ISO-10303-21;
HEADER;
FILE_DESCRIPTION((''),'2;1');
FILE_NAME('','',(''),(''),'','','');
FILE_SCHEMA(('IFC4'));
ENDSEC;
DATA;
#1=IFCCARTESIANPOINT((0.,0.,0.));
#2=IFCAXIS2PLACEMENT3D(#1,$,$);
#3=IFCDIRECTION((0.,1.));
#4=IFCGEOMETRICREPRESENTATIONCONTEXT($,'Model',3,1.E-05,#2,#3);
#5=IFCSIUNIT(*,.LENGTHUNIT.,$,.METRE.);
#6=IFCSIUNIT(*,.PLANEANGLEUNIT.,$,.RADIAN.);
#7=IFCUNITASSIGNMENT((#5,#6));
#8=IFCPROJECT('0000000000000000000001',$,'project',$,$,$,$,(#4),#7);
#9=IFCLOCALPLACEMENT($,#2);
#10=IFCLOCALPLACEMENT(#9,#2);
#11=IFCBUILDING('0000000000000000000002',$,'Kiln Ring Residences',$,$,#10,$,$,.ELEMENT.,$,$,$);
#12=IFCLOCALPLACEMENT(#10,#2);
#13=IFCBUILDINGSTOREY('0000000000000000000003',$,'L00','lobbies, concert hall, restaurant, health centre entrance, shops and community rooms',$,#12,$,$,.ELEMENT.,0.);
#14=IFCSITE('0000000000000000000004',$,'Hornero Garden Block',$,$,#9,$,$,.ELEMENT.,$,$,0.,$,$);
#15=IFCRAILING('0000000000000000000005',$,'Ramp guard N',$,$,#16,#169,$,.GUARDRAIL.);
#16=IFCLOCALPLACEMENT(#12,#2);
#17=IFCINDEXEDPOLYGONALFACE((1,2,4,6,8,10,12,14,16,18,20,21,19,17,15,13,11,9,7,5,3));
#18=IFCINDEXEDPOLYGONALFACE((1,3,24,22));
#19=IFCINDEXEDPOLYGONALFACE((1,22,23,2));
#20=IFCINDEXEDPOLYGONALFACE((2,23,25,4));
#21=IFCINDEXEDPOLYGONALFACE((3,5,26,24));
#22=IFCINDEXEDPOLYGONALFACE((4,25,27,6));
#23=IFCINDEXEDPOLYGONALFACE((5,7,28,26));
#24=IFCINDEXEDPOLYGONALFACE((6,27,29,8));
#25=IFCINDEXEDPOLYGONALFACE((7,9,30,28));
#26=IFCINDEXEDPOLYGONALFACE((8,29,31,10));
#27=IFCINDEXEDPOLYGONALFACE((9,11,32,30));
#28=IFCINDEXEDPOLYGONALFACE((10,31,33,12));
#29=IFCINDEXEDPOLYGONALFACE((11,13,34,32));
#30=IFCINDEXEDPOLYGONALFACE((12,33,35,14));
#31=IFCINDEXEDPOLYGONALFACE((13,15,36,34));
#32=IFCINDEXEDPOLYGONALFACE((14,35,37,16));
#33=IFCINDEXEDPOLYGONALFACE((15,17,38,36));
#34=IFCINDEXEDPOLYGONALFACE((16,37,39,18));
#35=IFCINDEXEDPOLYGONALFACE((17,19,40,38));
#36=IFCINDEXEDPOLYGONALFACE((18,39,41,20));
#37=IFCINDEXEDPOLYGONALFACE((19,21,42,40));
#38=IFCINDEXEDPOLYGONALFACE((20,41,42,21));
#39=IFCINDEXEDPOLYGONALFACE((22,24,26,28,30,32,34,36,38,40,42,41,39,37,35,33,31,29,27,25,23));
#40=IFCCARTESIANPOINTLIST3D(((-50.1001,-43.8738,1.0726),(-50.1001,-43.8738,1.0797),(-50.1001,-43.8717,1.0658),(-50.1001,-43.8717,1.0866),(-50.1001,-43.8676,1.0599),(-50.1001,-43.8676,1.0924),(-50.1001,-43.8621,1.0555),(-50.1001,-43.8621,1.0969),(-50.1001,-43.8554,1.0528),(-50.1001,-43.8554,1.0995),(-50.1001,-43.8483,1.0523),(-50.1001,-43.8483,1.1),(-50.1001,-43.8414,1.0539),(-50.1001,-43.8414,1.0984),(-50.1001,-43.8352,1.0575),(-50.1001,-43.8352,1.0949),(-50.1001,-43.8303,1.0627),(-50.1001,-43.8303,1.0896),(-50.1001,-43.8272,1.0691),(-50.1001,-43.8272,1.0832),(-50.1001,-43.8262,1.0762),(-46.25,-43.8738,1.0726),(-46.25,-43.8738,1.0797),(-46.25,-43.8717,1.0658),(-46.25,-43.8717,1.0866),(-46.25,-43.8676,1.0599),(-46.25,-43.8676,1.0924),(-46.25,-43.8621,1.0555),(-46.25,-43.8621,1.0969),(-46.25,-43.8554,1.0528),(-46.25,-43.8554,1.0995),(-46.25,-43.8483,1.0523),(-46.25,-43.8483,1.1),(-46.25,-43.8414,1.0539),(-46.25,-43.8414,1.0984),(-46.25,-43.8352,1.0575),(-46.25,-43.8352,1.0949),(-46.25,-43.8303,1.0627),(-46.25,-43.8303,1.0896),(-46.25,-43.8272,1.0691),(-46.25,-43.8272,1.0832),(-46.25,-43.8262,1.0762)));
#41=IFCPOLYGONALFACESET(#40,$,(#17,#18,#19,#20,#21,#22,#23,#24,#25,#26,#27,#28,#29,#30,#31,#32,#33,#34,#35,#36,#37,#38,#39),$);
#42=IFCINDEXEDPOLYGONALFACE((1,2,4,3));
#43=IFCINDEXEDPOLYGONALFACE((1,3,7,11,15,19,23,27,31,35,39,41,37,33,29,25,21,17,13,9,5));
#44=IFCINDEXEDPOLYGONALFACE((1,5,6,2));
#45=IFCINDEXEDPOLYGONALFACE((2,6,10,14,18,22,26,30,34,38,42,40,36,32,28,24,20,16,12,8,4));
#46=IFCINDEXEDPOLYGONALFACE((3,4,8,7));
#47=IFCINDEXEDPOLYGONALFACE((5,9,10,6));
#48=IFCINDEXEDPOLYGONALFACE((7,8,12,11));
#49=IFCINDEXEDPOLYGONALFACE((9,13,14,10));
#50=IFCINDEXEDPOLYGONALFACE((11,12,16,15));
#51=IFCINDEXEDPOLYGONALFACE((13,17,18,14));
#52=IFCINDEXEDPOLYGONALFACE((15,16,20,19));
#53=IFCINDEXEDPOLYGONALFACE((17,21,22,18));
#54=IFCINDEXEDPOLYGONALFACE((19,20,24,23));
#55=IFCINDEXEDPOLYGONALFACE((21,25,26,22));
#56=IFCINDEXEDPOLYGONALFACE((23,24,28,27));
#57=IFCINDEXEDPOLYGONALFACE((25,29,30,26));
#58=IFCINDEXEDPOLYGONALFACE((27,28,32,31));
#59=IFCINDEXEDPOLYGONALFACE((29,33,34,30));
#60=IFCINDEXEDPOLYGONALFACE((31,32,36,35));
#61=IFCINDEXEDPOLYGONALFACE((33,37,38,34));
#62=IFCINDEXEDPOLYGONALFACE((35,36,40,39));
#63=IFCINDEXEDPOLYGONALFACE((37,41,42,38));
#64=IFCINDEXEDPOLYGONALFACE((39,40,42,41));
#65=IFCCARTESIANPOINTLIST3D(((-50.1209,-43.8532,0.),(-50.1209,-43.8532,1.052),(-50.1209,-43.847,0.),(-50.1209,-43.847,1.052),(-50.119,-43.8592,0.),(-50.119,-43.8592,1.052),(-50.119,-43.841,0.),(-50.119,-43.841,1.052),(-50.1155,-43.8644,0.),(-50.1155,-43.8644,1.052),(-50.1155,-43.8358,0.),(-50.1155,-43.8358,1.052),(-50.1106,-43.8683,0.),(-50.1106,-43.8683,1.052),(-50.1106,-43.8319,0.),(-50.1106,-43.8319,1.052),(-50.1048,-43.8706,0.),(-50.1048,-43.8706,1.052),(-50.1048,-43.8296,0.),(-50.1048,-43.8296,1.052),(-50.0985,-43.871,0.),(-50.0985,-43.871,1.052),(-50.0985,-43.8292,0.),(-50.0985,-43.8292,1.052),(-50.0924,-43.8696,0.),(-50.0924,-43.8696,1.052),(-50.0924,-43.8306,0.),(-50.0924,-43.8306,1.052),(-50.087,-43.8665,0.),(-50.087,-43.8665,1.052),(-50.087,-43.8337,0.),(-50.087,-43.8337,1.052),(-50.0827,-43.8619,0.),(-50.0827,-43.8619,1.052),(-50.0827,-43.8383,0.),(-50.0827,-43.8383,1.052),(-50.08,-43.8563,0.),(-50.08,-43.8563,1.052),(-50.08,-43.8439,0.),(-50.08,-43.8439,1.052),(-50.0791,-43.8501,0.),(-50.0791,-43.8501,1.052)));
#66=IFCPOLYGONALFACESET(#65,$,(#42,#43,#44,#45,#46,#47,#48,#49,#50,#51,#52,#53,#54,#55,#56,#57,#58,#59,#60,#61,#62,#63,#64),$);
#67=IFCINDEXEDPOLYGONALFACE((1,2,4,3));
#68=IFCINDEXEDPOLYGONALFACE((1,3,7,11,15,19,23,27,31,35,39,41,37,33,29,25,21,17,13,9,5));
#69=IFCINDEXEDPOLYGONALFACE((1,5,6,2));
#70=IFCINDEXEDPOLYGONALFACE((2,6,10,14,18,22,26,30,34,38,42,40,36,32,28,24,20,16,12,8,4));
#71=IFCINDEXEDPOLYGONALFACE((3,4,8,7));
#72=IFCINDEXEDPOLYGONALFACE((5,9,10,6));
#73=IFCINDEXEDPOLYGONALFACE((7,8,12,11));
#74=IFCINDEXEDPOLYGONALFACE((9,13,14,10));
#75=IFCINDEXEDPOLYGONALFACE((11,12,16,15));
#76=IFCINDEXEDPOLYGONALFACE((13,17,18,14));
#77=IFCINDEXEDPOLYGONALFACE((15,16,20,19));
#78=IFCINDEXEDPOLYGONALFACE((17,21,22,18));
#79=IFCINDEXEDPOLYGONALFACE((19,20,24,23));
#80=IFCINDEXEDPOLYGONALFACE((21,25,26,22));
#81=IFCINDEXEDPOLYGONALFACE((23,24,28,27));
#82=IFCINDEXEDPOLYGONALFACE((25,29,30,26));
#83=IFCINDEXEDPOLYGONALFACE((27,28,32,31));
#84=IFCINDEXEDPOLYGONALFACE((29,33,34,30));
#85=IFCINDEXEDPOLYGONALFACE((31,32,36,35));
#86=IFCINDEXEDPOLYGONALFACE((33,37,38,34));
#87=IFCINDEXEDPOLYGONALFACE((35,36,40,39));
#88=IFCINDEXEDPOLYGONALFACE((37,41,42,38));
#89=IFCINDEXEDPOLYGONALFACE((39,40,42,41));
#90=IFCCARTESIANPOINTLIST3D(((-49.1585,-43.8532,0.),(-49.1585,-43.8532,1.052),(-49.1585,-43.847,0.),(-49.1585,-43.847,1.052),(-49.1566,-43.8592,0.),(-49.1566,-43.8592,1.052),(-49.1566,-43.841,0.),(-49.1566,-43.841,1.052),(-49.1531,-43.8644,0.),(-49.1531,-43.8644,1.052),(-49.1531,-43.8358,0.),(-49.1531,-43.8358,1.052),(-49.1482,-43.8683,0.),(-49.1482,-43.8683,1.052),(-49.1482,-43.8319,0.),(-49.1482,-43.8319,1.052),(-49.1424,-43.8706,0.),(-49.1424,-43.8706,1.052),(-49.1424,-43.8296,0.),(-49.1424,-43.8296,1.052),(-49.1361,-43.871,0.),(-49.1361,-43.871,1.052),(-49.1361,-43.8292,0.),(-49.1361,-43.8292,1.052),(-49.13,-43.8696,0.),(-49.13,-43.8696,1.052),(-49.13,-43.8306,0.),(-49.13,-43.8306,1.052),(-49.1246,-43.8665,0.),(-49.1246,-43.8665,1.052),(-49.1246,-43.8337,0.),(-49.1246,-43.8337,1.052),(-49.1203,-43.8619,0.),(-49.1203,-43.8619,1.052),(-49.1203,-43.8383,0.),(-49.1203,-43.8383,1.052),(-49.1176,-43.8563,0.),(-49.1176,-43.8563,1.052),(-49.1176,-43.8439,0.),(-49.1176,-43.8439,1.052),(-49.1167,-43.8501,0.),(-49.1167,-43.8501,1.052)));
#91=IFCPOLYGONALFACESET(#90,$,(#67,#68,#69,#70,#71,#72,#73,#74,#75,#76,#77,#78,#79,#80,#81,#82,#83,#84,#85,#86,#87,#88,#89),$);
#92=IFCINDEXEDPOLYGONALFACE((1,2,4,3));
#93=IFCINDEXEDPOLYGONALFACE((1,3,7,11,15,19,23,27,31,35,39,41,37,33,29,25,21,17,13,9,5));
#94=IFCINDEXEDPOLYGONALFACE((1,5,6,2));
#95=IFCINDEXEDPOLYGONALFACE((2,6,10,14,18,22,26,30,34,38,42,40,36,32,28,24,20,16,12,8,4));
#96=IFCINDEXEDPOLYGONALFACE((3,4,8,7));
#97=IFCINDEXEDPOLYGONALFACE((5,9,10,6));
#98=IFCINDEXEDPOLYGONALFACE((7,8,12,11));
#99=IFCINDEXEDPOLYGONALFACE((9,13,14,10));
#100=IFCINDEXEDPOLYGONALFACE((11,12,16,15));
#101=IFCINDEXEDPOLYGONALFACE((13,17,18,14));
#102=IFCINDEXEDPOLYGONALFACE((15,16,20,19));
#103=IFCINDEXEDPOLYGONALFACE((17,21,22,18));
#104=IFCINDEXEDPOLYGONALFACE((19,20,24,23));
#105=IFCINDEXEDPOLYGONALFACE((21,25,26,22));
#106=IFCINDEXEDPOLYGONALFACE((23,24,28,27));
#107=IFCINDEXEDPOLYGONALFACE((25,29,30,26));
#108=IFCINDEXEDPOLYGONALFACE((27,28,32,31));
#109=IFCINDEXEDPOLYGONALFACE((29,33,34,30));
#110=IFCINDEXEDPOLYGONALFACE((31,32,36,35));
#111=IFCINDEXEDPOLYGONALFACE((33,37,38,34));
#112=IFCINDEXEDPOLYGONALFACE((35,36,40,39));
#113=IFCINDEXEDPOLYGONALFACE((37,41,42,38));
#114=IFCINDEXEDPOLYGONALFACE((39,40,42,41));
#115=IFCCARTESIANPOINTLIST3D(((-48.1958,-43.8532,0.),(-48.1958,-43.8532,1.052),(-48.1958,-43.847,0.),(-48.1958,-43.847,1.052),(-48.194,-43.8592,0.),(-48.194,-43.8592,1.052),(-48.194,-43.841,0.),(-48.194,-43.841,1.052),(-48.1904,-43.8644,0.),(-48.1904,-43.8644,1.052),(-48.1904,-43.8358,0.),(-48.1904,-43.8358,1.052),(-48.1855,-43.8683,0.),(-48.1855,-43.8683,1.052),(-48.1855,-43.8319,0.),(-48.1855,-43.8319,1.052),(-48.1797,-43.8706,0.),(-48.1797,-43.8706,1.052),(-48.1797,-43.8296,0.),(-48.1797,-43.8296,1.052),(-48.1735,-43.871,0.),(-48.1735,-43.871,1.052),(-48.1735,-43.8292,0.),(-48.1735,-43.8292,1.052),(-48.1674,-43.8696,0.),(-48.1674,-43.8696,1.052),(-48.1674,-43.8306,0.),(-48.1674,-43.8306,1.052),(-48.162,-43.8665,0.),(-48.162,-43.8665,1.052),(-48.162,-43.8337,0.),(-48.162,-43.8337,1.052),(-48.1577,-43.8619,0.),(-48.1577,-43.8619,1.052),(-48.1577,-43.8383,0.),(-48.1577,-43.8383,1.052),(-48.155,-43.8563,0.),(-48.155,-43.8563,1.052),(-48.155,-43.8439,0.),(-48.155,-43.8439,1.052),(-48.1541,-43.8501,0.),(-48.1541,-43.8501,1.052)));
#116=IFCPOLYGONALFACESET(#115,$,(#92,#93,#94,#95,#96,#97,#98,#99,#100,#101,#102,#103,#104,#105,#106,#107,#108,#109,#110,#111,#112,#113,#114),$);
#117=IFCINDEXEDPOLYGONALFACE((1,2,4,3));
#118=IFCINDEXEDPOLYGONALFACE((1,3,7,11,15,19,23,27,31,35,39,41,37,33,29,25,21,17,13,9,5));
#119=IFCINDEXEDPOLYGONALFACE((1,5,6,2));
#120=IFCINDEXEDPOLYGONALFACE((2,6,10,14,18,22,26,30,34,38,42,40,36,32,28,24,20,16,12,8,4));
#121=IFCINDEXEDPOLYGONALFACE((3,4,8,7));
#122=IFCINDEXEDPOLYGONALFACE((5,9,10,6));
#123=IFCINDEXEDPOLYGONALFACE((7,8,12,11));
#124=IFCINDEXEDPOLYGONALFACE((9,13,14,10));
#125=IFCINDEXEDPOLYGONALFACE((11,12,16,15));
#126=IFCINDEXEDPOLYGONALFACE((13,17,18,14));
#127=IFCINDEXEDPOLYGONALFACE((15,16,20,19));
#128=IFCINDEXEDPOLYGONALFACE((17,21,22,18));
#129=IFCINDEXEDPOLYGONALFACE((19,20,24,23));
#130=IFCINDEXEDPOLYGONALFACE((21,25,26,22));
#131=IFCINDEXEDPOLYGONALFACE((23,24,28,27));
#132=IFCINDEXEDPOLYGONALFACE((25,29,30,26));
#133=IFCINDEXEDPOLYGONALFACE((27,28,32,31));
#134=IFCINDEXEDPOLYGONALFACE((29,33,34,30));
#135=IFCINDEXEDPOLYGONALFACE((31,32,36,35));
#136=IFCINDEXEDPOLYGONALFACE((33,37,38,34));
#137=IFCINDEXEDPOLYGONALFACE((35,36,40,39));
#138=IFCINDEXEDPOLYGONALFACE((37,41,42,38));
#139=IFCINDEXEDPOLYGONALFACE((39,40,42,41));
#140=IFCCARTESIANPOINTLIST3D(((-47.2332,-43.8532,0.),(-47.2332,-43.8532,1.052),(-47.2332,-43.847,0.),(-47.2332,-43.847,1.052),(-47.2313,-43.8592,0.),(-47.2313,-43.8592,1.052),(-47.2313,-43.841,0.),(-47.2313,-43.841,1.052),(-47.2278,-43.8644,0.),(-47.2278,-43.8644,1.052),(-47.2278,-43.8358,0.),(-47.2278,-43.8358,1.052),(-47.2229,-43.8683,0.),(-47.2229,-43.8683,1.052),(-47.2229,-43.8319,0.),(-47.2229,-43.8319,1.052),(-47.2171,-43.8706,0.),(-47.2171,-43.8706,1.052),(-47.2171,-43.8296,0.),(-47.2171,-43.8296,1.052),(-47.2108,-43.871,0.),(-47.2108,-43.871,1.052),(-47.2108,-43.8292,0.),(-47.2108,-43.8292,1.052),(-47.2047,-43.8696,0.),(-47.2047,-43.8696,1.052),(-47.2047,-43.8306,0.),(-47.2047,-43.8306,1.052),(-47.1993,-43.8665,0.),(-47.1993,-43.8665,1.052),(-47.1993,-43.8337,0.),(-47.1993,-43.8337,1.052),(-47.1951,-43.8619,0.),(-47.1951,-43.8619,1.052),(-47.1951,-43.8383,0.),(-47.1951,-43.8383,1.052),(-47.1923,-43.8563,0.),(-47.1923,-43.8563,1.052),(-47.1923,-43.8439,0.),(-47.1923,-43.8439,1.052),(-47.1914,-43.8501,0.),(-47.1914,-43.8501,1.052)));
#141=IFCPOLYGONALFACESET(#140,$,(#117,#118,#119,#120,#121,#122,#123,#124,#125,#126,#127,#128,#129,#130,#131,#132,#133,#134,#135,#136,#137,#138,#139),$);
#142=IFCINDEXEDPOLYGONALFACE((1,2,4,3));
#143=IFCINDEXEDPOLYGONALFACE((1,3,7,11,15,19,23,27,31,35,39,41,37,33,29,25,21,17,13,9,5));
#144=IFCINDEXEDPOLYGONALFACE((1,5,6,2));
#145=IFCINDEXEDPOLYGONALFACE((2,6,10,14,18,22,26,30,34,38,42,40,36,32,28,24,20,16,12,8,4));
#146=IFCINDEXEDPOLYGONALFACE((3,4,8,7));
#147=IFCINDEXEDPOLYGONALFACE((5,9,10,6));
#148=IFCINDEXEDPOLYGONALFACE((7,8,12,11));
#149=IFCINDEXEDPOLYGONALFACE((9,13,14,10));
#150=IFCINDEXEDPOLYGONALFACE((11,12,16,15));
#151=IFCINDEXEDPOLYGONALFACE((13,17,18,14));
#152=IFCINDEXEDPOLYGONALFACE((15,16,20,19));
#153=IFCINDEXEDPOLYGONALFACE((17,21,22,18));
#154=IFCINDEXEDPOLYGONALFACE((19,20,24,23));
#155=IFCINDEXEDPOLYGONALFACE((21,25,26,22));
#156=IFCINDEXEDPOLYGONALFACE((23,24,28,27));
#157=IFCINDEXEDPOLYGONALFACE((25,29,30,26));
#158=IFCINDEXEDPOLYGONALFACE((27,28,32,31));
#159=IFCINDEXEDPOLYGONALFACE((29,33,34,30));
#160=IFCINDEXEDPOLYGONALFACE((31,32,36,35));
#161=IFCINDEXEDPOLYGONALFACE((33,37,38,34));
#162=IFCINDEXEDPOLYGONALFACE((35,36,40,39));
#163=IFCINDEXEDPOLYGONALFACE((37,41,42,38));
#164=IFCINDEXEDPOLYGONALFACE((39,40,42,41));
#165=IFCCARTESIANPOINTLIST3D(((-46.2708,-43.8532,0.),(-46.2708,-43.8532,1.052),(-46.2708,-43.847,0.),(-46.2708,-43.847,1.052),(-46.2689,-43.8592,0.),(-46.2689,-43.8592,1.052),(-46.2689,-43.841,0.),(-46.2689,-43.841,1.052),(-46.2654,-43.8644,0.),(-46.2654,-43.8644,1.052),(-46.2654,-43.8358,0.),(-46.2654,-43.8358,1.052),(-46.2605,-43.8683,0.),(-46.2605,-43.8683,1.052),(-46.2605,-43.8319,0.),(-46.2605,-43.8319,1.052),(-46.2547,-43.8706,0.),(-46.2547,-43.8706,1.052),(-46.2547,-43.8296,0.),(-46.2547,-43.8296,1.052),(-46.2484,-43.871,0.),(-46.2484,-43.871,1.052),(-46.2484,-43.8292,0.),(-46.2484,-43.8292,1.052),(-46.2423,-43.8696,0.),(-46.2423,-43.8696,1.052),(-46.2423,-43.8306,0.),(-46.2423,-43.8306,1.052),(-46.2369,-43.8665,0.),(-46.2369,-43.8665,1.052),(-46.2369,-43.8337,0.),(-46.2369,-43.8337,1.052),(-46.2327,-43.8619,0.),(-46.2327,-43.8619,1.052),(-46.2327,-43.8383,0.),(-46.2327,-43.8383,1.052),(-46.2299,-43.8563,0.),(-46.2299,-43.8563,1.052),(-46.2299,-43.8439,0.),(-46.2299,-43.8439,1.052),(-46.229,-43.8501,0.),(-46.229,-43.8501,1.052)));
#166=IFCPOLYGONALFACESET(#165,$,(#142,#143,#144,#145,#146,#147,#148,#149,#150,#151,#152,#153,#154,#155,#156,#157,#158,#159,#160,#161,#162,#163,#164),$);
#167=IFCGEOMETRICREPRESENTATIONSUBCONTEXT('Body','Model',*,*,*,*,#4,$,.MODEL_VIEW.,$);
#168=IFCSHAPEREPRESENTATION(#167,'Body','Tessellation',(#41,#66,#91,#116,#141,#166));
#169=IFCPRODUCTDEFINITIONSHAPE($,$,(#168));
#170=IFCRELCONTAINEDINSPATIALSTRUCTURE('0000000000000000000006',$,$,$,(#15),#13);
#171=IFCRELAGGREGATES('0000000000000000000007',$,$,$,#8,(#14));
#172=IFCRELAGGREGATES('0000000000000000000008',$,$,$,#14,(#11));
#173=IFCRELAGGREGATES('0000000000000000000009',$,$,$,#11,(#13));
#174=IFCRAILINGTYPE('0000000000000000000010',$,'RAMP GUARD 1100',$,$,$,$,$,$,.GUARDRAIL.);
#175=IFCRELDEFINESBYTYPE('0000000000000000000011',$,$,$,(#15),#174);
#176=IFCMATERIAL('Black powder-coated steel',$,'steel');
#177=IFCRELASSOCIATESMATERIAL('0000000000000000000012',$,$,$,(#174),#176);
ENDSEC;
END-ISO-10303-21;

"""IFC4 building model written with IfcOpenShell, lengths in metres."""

from ifc_helpers import new_model, si_unit, direction, frame, origin, origin_2d, place, context, subcontext, project, spatial, circle, extrude, material, type_object, element, save


model = new_model("IFC4")

# Units and contexts
model_context = context("Model", 3, precision=1e-05, world=origin(), true_north=direction((0.0, 1.0)))
body_context = subcontext(model_context, "Body", "Model", "MODEL_VIEW")
ifc_project = project(units=[si_unit("LENGTHUNIT", "METRE"), si_unit("PLANEANGLEUNIT", "RADIAN")], contexts=[model_context])

# Site, building, storey
site_placement = place(None, origin())
site = spatial("IfcSite", under=ifc_project, at=site_placement, Name="Hornero Garden Block", CompositionType="ELEMENT", RefElevation=0.0)
building_placement = place(site_placement, origin())
building = spatial("IfcBuilding", under=site, at=building_placement, Name="Kiln Ring Residences", CompositionType="ELEMENT")
storey_placement = place(building_placement, origin())
storey = spatial("IfcBuildingStorey", under=building, at=storey_placement, Name="L00", Description="lobbies, concert hall, restaurant, health centre entrance, shops and community rooms", CompositionType="ELEMENT", Elevation=0.0)

# Railing
ifc_material_1 = material(Name="Black powder-coated steel", Category="steel")
railing_type = type_object("IfcRailingType", Name="RAMP GUARD 1100", PredefinedType="GUARDRAIL", material=ifc_material_1)
railing_1_placement = place(storey_placement, frame((-50.1001, -43.8501, 0.0)))
element("IfcRailing", 1, at=railing_1_placement, inside=storey, type_object=railing_type, Name="Ramp guard N", PredefinedType="GUARDRAIL", context=body_context, shape_type="SweptSolid", body=[
    extrude(circle(Radius=0.0239, at=origin_2d()), frame((0.0, 0.0, 1.0762), z_axis=(1.0, 0.0, 0.0), x_axis=(0.0, 1.0, 0.0)), (0.0, 0.0, 1.0), 3.8501),
    extrude(circle(Radius=0.021, at=origin_2d()), origin(), (0.0, 0.0, 1.0), 1.052),
    extrude(circle(Radius=0.021, at=origin_2d()), frame((0.9624, 0.0, 0.0)), (0.0, 0.0, 1.0), 1.052),
    extrude(circle(Radius=0.021, at=origin_2d()), frame((1.925, 0.0, 0.0)), (0.0, 0.0, 1.0), 1.052),
    extrude(circle(Radius=0.021, at=origin_2d()), frame((2.8877, 0.0, 0.0)), (0.0, 0.0, 1.0), 1.052),
    extrude(circle(Radius=0.021, at=origin_2d()), frame((3.8501, 0.0, 0.0)), (0.0, 0.0, 1.0), 1.052),
])

save(model, "model.ifc")
